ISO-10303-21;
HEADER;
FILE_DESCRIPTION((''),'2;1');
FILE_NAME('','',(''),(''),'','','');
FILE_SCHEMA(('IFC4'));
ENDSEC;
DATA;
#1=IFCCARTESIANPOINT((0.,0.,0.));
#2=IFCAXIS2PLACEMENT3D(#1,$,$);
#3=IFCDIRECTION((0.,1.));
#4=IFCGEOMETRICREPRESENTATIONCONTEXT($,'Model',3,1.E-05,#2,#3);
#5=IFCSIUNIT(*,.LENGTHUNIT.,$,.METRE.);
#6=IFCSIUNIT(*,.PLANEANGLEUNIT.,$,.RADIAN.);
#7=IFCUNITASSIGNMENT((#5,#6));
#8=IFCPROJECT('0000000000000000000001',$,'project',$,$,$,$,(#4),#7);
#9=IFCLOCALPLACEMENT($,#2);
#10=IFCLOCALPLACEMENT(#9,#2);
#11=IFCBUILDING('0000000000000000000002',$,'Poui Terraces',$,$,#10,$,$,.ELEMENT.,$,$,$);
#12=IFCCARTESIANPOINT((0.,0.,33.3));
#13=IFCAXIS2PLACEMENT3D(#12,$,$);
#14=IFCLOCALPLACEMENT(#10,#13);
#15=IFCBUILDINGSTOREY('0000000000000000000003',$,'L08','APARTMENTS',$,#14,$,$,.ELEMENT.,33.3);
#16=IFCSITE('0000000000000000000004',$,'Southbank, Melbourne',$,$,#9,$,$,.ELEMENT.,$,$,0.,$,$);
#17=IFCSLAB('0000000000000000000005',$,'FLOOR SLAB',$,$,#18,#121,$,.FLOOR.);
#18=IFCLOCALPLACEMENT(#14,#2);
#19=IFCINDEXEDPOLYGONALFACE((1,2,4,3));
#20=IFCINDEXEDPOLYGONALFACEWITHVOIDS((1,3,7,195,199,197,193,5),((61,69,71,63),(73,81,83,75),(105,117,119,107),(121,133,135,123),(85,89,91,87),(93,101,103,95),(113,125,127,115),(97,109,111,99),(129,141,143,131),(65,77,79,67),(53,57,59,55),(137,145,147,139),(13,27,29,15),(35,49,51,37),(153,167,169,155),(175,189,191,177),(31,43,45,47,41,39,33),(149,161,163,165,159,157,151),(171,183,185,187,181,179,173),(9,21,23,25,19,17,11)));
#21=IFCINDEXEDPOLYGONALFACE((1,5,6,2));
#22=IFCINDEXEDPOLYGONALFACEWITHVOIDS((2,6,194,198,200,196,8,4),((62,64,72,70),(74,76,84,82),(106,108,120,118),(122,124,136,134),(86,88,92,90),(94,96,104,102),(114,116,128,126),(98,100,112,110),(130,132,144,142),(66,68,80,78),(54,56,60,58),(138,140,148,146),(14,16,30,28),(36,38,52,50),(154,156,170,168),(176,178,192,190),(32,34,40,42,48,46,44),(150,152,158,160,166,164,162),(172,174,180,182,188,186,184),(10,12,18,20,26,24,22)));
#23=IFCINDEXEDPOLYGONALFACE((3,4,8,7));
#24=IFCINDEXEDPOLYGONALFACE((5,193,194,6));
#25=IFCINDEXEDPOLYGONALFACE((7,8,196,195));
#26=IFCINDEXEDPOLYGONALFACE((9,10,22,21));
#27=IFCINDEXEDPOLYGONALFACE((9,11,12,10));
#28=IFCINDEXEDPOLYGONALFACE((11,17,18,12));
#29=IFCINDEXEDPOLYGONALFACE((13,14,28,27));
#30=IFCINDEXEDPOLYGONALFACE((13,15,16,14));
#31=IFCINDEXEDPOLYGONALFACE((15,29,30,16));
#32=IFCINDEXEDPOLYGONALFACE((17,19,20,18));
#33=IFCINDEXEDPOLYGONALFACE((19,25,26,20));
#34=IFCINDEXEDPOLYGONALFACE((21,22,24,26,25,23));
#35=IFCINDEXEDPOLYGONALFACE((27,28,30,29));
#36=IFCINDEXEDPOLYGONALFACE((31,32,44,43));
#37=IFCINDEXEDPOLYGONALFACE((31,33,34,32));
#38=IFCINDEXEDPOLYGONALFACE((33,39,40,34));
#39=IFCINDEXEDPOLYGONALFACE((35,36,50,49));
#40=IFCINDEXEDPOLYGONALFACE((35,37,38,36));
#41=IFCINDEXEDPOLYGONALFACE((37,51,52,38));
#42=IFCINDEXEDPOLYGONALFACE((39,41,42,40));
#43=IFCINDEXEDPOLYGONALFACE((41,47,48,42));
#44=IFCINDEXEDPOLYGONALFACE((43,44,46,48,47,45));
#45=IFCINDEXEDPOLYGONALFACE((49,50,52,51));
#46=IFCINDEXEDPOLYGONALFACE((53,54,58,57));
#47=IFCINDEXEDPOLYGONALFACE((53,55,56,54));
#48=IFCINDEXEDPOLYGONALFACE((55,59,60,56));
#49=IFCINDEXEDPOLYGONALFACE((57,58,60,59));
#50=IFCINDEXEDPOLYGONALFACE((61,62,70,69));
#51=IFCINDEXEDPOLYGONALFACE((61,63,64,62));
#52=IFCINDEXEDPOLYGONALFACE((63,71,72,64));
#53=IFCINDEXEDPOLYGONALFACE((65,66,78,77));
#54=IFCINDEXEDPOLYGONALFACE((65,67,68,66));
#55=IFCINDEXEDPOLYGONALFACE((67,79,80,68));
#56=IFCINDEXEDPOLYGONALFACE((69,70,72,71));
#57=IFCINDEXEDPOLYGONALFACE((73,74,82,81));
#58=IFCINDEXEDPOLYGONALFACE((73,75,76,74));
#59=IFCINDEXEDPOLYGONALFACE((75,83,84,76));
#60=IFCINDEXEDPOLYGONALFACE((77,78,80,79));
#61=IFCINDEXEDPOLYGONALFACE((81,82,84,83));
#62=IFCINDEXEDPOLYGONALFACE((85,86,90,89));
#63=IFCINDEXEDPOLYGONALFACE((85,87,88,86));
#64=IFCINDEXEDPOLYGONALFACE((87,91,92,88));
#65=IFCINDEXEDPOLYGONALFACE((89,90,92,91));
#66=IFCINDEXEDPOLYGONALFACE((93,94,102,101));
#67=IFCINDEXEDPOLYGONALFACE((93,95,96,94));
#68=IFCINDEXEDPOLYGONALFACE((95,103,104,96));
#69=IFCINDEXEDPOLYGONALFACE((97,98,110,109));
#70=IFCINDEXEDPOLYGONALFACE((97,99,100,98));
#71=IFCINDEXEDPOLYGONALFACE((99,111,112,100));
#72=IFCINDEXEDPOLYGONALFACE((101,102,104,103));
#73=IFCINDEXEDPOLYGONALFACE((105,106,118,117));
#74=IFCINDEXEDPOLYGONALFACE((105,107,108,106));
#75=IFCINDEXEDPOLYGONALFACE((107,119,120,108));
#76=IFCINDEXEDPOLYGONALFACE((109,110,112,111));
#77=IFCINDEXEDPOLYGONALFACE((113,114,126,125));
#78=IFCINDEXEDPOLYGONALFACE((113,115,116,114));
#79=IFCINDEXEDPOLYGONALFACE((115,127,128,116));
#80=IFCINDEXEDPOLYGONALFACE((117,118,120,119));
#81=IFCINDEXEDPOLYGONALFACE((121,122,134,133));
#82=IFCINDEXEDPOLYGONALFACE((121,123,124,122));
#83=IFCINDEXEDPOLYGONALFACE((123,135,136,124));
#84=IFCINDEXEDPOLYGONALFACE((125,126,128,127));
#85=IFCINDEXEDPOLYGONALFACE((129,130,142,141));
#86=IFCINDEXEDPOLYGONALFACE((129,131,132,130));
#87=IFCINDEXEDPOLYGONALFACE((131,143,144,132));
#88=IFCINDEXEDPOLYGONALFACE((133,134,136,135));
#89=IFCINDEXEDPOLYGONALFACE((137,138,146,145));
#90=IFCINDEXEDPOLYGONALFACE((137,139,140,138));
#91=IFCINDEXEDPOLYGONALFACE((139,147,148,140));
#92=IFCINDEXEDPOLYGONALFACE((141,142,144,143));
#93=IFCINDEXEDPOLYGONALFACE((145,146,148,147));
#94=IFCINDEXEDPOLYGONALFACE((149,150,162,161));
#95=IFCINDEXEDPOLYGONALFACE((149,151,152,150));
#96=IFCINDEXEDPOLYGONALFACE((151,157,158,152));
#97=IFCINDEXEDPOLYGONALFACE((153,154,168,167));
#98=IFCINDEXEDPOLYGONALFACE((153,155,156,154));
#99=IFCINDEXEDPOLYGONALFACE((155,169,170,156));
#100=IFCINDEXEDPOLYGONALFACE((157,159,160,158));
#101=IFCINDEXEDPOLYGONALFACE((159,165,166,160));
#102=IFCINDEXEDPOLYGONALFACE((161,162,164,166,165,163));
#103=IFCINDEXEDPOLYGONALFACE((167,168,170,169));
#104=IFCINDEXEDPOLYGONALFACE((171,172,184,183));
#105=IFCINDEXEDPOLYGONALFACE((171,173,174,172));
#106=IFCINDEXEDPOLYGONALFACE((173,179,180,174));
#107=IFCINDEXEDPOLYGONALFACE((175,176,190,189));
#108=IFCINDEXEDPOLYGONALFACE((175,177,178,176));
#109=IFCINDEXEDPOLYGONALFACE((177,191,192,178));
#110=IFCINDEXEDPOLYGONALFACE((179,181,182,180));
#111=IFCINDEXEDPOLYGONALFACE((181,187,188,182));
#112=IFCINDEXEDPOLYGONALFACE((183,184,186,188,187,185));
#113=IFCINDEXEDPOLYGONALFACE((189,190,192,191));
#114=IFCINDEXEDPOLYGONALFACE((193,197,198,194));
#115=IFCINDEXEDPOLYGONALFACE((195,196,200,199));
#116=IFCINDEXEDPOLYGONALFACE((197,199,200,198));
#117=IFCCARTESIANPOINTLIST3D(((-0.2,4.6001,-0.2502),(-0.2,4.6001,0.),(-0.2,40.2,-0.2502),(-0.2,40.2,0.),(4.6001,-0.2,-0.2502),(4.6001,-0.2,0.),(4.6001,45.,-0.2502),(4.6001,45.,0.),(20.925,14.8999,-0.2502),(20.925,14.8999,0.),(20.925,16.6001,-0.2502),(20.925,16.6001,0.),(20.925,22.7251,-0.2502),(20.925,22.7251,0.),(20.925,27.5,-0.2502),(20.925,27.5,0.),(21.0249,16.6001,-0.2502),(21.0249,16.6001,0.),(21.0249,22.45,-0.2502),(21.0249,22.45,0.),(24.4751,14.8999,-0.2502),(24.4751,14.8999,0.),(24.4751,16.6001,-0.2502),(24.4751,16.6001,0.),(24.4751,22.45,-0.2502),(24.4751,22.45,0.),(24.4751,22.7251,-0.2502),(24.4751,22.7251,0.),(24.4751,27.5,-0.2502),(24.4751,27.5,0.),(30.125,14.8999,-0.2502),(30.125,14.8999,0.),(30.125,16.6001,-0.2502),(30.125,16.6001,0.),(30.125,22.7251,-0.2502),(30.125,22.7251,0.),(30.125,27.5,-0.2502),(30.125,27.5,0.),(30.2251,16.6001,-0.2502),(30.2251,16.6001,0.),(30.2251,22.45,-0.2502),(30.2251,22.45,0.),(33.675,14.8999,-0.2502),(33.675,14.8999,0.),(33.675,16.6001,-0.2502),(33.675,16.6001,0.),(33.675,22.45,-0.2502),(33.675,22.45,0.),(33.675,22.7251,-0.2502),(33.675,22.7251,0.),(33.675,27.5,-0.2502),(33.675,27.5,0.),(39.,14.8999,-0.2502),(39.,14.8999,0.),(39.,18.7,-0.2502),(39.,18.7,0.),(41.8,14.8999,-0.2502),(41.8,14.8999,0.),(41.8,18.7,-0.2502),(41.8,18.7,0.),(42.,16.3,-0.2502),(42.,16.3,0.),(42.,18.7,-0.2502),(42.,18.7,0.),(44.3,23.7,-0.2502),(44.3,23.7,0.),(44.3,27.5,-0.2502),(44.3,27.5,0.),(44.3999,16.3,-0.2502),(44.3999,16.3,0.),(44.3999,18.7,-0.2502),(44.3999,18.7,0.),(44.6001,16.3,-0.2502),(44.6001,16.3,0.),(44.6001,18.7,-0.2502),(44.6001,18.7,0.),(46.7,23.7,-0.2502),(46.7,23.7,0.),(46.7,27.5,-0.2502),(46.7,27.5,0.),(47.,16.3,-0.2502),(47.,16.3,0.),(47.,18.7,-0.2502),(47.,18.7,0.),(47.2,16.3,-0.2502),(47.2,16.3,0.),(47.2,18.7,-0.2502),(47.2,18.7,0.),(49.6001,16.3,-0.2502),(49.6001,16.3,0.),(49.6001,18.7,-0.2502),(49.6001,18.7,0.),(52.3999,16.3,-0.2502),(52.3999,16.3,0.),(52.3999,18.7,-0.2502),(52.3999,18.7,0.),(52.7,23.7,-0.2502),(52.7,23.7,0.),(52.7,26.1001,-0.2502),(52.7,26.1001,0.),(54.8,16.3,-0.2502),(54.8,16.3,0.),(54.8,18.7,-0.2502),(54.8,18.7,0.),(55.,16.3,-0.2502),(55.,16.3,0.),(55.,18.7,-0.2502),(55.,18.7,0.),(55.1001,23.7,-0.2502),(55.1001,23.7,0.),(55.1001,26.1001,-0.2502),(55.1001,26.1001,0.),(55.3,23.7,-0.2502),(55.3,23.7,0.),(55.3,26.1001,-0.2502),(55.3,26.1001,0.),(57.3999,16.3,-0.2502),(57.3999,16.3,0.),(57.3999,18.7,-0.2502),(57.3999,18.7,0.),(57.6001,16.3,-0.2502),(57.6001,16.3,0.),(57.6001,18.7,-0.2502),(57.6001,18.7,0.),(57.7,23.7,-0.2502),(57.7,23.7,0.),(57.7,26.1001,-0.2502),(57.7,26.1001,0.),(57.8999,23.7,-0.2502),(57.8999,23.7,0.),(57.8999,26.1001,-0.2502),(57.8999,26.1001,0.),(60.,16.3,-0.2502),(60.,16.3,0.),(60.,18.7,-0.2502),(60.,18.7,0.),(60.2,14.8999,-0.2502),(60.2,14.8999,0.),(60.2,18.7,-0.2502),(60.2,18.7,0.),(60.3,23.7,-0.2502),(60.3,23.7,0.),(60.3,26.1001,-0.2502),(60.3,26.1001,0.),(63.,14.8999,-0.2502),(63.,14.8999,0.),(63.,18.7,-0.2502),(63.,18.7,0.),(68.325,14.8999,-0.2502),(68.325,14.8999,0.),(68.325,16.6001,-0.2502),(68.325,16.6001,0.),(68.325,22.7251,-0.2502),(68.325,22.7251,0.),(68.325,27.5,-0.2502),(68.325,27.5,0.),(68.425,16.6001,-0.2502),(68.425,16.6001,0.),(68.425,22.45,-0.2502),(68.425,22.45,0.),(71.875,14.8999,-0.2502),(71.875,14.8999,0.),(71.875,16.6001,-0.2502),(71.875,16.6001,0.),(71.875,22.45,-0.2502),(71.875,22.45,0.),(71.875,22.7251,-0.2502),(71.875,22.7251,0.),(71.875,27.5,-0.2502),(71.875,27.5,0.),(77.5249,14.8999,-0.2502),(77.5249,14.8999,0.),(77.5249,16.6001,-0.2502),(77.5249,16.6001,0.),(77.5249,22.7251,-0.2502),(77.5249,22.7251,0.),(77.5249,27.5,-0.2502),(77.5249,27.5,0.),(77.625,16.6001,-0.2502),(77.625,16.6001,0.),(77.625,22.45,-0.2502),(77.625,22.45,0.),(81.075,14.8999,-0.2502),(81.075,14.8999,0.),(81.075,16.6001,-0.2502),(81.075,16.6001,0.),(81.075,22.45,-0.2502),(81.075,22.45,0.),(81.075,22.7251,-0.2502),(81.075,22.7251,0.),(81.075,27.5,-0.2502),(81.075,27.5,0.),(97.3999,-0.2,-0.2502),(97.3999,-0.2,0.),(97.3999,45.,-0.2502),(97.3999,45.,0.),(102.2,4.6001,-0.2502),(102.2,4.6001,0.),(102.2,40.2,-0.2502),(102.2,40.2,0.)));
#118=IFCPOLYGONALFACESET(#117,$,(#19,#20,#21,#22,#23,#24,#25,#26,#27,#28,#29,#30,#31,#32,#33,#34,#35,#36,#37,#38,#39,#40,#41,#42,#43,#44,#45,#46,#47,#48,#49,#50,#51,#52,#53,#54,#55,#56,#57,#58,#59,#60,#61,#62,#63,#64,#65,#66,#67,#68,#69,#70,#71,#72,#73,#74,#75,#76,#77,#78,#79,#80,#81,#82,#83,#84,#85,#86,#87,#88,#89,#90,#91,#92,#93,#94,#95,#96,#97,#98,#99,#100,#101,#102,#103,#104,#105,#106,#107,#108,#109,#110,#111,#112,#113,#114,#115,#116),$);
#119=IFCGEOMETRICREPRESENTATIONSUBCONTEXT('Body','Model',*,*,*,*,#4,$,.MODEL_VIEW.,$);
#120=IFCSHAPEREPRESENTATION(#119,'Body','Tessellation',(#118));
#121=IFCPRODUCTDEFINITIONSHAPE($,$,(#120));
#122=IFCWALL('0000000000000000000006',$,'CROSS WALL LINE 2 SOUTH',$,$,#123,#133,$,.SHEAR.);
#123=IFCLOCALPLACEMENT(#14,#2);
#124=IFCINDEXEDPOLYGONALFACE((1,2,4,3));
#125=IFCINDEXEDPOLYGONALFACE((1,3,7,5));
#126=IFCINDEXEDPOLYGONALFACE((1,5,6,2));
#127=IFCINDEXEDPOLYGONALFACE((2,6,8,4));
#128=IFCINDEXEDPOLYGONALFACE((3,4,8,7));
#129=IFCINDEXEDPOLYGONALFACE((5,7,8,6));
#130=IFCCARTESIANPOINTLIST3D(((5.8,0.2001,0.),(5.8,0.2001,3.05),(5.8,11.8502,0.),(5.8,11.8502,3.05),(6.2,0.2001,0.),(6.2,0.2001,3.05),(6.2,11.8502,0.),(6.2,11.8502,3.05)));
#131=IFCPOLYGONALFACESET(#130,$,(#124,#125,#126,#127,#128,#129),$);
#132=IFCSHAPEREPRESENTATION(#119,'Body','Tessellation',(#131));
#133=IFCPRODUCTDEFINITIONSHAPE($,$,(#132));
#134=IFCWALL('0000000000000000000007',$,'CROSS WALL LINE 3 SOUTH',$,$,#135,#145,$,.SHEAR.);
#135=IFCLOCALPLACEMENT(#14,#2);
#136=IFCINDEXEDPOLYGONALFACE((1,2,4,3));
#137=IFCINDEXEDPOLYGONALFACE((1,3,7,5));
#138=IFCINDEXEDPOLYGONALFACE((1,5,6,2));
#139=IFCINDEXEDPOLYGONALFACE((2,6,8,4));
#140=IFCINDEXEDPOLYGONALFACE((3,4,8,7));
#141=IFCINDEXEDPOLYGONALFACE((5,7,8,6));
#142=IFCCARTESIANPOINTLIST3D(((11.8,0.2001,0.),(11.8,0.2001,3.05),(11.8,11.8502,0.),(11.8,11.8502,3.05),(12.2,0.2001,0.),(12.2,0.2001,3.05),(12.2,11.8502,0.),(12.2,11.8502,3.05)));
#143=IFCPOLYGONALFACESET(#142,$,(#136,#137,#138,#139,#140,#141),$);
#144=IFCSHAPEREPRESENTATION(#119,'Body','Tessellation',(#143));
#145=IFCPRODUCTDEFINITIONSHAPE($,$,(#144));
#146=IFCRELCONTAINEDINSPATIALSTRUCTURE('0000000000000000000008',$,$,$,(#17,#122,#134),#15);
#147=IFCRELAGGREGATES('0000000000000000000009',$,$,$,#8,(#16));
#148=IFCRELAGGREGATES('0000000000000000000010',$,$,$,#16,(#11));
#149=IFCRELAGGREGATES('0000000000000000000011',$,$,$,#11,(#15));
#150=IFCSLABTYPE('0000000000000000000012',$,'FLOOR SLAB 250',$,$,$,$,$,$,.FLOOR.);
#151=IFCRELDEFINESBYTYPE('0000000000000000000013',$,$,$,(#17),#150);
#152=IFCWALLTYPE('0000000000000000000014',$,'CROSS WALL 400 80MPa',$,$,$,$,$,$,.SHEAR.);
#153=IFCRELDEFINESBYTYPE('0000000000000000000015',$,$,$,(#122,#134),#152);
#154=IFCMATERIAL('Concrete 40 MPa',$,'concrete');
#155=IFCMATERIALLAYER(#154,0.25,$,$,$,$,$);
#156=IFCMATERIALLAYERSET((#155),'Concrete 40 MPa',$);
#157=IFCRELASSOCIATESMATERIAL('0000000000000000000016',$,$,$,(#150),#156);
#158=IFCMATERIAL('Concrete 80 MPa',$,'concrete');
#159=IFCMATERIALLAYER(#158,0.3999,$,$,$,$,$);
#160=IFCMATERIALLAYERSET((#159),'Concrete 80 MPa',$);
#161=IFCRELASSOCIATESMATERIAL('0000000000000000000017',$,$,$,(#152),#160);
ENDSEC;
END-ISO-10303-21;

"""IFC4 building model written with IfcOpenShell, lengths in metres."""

from ifc_helpers import new_model, si_unit, direction, frame, frame_2d, origin, place, context, subcontext, project, spatial, polyline, rectangle, outline, extrude, source, transform, mapped, material, layer, layer_set, type_object, element, save


model = new_model("IFC4")

# Units and contexts
model_context = context("Model", 3, precision=1e-05, world=origin(), true_north=direction((0.0, 1.0)))
body_context = subcontext(model_context, "Body", "Model", "MODEL_VIEW")
ifc_project = project(units=[si_unit("LENGTHUNIT", "METRE"), si_unit("PLANEANGLEUNIT", "RADIAN")], contexts=[model_context])

# Site, building, storey
site_placement = place(None, origin())
site = spatial("IfcSite", under=ifc_project, at=site_placement, Name="Southbank, Melbourne", CompositionType="ELEMENT", RefElevation=0.0)
building_placement = place(site_placement, origin())
building = spatial("IfcBuilding", under=site, at=building_placement, Name="Poui Terraces", CompositionType="ELEMENT")
storey_placement = place(building_placement, frame((0.0, 0.0, 33.3)))
storey = spatial("IfcBuildingStorey", under=building, at=storey_placement, Name="L08", Description="APARTMENTS", CompositionType="ELEMENT", Elevation=33.3)

# Shared definitions
ifc_material_1 = material(Name="Concrete 80 MPa", Category="concrete")

# Slab
ifc_material_2 = material(Name="Concrete 40 MPa", Category="concrete")
ifc_layer_1 = layer(ifc_material_2, 0.25)
ifc_layer_set_1 = layer_set([ifc_layer_1], Name="Concrete 40 MPa")
slab_type_1 = type_object("IfcSlabType", Name="FLOOR SLAB 250", PredefinedType="FLOOR", material=ifc_layer_set_1)
shared_shape = source(origin(), body_context, "Body", "SweptSolid", [
    extrude(outline(polyline([(0.0, 0.0), (4.8, -4.8), (97.5999, -4.8), (102.3999, 0.0), (102.3999, 35.5999), (97.5999, 40.3999), (4.8, 40.3999), (0.0, 35.5999), (0.0, 0.0)]), holes=[polyline([(39.2, 10.2998), (39.2, 14.0999), (42.0, 14.0999), (42.0, 10.2998), (39.2, 10.2998)]), polyline([(42.2, 11.7), (42.2, 14.0999), (44.5999, 14.0999), (44.5999, 11.7), (42.2, 11.7)]), polyline([(44.8, 11.7), (44.8, 14.0999), (47.2, 14.0999), (47.2, 11.7), (44.8, 11.7)]), polyline([(47.3999, 14.0999), (49.8, 14.0999), (49.8, 11.7), (47.3999, 11.7), (47.3999, 14.0999)]), polyline([(52.5999, 14.0999), (55.0, 14.0999), (55.0, 11.7), (52.5999, 11.7), (52.5999, 14.0999)]), polyline([(21.2249, 17.8499), (24.675, 17.8499), (24.675, 12.0), (24.675, 10.2998), (21.125, 10.2998), (21.125, 12.0), (21.2249, 12.0), (21.2249, 17.8499)]), polyline([(30.425, 17.8499), (33.875, 17.8499), (33.875, 12.0), (33.875, 10.2998), (30.325, 10.2998), (30.325, 12.0), (30.425, 12.0), (30.425, 17.8499)]), polyline([(21.125, 18.125), (21.125, 22.8999), (24.675, 22.8999), (24.675, 18.125), (21.125, 18.125)]), polyline([(30.325, 22.8999), (33.875, 22.8999), (33.875, 18.125), (30.325, 18.125), (30.325, 22.8999)]), polyline([(44.5, 22.8999), (46.8999, 22.8999), (46.8999, 19.0999), (44.5, 19.0999), (44.5, 22.8999)]), polyline([(60.3999, 10.2998), (60.3999, 14.0999), (63.2, 14.0999), (63.2, 10.2998), (60.3999, 10.2998)]), polyline([(55.2, 11.7), (55.2, 14.0999), (57.5999, 14.0999), (57.5999, 11.7), (55.2, 11.7)]), polyline([(57.8, 11.7), (57.8, 14.0999), (60.2, 14.0999), (60.2, 11.7), (57.8, 11.7)]), polyline([(72.075, 17.8499), (72.075, 12.0), (72.075, 10.2998), (68.5249, 10.2998), (68.5249, 12.0), (68.625, 12.0), (68.625, 17.8499), (72.075, 17.8499)]), polyline([(81.2749, 17.8499), (81.2749, 12.0), (81.2749, 10.2998), (77.7249, 10.2998), (77.7249, 12.0), (77.825, 12.0), (77.825, 17.8499), (81.2749, 17.8499)]), polyline([(52.8999, 19.0999), (52.8999, 21.5), (55.3, 21.5), (55.3, 19.0999), (52.8999, 19.0999)]), polyline([(55.5, 19.0999), (55.5, 21.5), (57.8999, 21.5), (57.8999, 19.0999), (55.5, 19.0999)]), polyline([(58.0999, 19.0999), (58.0999, 21.5), (60.5, 21.5), (60.5, 19.0999), (58.0999, 19.0999)]), polyline([(68.5249, 22.8999), (72.075, 22.8999), (72.075, 18.125), (68.5249, 18.125), (68.5249, 22.8999)]), polyline([(77.7249, 22.8999), (81.2749, 22.8999), (81.2749, 18.125), (77.7249, 18.125), (77.7249, 22.8999)])]), origin(), (0.0, 0.0, 1.0), 0.2502),
])
slab_1_placement = place(storey_placement, frame((-0.2, 4.6001, -0.2502)))
element("IfcSlab", 1, at=slab_1_placement, inside=storey, type_object=slab_type_1, Name="FLOOR SLAB", PredefinedType="FLOOR", context=body_context, shape_type="MappedRepresentation", body=[
    mapped(shared_shape, transform((0.0, 0.0, 0.0))),
])

# Walls
ifc_layer_2 = layer(ifc_material_1, 0.3999)
ifc_layer_set_2 = layer_set([ifc_layer_2], Name="Concrete 80 MPa")
wall_type_1 = type_object("IfcWallType", Name="CROSS WALL 400 80MPa", PredefinedType="SHEAR", material=ifc_layer_set_2)
for number, where, z_axis, x_axis, name in (
    (2, (6.0, 0.2, 0.0), (0.0, 0.0, 1.0), (0.0, 1.0, 0.0), "CROSS WALL LINE 2 SOUTH"),
    (3, (12.0, 0.2, 0.0), (0.0, 0.0, 1.0), (0.0, 1.0, 0.0), "CROSS WALL LINE 3 SOUTH"),
):
    element("IfcWall", number, at=place(storey_placement, frame(where, z_axis=z_axis, x_axis=x_axis)), inside=storey, type_object=wall_type_1, Name=name, PredefinedType="SHEAR", context=body_context, shape_type="SweptSolid", body=[
        extrude(rectangle(XDim=11.6501, YDim=0.3999, at=frame_2d((5.8252, 0.0))), origin(), (0.0, 0.0, 1.0), 3.05),
    ])

save(model, "model.ifc")
